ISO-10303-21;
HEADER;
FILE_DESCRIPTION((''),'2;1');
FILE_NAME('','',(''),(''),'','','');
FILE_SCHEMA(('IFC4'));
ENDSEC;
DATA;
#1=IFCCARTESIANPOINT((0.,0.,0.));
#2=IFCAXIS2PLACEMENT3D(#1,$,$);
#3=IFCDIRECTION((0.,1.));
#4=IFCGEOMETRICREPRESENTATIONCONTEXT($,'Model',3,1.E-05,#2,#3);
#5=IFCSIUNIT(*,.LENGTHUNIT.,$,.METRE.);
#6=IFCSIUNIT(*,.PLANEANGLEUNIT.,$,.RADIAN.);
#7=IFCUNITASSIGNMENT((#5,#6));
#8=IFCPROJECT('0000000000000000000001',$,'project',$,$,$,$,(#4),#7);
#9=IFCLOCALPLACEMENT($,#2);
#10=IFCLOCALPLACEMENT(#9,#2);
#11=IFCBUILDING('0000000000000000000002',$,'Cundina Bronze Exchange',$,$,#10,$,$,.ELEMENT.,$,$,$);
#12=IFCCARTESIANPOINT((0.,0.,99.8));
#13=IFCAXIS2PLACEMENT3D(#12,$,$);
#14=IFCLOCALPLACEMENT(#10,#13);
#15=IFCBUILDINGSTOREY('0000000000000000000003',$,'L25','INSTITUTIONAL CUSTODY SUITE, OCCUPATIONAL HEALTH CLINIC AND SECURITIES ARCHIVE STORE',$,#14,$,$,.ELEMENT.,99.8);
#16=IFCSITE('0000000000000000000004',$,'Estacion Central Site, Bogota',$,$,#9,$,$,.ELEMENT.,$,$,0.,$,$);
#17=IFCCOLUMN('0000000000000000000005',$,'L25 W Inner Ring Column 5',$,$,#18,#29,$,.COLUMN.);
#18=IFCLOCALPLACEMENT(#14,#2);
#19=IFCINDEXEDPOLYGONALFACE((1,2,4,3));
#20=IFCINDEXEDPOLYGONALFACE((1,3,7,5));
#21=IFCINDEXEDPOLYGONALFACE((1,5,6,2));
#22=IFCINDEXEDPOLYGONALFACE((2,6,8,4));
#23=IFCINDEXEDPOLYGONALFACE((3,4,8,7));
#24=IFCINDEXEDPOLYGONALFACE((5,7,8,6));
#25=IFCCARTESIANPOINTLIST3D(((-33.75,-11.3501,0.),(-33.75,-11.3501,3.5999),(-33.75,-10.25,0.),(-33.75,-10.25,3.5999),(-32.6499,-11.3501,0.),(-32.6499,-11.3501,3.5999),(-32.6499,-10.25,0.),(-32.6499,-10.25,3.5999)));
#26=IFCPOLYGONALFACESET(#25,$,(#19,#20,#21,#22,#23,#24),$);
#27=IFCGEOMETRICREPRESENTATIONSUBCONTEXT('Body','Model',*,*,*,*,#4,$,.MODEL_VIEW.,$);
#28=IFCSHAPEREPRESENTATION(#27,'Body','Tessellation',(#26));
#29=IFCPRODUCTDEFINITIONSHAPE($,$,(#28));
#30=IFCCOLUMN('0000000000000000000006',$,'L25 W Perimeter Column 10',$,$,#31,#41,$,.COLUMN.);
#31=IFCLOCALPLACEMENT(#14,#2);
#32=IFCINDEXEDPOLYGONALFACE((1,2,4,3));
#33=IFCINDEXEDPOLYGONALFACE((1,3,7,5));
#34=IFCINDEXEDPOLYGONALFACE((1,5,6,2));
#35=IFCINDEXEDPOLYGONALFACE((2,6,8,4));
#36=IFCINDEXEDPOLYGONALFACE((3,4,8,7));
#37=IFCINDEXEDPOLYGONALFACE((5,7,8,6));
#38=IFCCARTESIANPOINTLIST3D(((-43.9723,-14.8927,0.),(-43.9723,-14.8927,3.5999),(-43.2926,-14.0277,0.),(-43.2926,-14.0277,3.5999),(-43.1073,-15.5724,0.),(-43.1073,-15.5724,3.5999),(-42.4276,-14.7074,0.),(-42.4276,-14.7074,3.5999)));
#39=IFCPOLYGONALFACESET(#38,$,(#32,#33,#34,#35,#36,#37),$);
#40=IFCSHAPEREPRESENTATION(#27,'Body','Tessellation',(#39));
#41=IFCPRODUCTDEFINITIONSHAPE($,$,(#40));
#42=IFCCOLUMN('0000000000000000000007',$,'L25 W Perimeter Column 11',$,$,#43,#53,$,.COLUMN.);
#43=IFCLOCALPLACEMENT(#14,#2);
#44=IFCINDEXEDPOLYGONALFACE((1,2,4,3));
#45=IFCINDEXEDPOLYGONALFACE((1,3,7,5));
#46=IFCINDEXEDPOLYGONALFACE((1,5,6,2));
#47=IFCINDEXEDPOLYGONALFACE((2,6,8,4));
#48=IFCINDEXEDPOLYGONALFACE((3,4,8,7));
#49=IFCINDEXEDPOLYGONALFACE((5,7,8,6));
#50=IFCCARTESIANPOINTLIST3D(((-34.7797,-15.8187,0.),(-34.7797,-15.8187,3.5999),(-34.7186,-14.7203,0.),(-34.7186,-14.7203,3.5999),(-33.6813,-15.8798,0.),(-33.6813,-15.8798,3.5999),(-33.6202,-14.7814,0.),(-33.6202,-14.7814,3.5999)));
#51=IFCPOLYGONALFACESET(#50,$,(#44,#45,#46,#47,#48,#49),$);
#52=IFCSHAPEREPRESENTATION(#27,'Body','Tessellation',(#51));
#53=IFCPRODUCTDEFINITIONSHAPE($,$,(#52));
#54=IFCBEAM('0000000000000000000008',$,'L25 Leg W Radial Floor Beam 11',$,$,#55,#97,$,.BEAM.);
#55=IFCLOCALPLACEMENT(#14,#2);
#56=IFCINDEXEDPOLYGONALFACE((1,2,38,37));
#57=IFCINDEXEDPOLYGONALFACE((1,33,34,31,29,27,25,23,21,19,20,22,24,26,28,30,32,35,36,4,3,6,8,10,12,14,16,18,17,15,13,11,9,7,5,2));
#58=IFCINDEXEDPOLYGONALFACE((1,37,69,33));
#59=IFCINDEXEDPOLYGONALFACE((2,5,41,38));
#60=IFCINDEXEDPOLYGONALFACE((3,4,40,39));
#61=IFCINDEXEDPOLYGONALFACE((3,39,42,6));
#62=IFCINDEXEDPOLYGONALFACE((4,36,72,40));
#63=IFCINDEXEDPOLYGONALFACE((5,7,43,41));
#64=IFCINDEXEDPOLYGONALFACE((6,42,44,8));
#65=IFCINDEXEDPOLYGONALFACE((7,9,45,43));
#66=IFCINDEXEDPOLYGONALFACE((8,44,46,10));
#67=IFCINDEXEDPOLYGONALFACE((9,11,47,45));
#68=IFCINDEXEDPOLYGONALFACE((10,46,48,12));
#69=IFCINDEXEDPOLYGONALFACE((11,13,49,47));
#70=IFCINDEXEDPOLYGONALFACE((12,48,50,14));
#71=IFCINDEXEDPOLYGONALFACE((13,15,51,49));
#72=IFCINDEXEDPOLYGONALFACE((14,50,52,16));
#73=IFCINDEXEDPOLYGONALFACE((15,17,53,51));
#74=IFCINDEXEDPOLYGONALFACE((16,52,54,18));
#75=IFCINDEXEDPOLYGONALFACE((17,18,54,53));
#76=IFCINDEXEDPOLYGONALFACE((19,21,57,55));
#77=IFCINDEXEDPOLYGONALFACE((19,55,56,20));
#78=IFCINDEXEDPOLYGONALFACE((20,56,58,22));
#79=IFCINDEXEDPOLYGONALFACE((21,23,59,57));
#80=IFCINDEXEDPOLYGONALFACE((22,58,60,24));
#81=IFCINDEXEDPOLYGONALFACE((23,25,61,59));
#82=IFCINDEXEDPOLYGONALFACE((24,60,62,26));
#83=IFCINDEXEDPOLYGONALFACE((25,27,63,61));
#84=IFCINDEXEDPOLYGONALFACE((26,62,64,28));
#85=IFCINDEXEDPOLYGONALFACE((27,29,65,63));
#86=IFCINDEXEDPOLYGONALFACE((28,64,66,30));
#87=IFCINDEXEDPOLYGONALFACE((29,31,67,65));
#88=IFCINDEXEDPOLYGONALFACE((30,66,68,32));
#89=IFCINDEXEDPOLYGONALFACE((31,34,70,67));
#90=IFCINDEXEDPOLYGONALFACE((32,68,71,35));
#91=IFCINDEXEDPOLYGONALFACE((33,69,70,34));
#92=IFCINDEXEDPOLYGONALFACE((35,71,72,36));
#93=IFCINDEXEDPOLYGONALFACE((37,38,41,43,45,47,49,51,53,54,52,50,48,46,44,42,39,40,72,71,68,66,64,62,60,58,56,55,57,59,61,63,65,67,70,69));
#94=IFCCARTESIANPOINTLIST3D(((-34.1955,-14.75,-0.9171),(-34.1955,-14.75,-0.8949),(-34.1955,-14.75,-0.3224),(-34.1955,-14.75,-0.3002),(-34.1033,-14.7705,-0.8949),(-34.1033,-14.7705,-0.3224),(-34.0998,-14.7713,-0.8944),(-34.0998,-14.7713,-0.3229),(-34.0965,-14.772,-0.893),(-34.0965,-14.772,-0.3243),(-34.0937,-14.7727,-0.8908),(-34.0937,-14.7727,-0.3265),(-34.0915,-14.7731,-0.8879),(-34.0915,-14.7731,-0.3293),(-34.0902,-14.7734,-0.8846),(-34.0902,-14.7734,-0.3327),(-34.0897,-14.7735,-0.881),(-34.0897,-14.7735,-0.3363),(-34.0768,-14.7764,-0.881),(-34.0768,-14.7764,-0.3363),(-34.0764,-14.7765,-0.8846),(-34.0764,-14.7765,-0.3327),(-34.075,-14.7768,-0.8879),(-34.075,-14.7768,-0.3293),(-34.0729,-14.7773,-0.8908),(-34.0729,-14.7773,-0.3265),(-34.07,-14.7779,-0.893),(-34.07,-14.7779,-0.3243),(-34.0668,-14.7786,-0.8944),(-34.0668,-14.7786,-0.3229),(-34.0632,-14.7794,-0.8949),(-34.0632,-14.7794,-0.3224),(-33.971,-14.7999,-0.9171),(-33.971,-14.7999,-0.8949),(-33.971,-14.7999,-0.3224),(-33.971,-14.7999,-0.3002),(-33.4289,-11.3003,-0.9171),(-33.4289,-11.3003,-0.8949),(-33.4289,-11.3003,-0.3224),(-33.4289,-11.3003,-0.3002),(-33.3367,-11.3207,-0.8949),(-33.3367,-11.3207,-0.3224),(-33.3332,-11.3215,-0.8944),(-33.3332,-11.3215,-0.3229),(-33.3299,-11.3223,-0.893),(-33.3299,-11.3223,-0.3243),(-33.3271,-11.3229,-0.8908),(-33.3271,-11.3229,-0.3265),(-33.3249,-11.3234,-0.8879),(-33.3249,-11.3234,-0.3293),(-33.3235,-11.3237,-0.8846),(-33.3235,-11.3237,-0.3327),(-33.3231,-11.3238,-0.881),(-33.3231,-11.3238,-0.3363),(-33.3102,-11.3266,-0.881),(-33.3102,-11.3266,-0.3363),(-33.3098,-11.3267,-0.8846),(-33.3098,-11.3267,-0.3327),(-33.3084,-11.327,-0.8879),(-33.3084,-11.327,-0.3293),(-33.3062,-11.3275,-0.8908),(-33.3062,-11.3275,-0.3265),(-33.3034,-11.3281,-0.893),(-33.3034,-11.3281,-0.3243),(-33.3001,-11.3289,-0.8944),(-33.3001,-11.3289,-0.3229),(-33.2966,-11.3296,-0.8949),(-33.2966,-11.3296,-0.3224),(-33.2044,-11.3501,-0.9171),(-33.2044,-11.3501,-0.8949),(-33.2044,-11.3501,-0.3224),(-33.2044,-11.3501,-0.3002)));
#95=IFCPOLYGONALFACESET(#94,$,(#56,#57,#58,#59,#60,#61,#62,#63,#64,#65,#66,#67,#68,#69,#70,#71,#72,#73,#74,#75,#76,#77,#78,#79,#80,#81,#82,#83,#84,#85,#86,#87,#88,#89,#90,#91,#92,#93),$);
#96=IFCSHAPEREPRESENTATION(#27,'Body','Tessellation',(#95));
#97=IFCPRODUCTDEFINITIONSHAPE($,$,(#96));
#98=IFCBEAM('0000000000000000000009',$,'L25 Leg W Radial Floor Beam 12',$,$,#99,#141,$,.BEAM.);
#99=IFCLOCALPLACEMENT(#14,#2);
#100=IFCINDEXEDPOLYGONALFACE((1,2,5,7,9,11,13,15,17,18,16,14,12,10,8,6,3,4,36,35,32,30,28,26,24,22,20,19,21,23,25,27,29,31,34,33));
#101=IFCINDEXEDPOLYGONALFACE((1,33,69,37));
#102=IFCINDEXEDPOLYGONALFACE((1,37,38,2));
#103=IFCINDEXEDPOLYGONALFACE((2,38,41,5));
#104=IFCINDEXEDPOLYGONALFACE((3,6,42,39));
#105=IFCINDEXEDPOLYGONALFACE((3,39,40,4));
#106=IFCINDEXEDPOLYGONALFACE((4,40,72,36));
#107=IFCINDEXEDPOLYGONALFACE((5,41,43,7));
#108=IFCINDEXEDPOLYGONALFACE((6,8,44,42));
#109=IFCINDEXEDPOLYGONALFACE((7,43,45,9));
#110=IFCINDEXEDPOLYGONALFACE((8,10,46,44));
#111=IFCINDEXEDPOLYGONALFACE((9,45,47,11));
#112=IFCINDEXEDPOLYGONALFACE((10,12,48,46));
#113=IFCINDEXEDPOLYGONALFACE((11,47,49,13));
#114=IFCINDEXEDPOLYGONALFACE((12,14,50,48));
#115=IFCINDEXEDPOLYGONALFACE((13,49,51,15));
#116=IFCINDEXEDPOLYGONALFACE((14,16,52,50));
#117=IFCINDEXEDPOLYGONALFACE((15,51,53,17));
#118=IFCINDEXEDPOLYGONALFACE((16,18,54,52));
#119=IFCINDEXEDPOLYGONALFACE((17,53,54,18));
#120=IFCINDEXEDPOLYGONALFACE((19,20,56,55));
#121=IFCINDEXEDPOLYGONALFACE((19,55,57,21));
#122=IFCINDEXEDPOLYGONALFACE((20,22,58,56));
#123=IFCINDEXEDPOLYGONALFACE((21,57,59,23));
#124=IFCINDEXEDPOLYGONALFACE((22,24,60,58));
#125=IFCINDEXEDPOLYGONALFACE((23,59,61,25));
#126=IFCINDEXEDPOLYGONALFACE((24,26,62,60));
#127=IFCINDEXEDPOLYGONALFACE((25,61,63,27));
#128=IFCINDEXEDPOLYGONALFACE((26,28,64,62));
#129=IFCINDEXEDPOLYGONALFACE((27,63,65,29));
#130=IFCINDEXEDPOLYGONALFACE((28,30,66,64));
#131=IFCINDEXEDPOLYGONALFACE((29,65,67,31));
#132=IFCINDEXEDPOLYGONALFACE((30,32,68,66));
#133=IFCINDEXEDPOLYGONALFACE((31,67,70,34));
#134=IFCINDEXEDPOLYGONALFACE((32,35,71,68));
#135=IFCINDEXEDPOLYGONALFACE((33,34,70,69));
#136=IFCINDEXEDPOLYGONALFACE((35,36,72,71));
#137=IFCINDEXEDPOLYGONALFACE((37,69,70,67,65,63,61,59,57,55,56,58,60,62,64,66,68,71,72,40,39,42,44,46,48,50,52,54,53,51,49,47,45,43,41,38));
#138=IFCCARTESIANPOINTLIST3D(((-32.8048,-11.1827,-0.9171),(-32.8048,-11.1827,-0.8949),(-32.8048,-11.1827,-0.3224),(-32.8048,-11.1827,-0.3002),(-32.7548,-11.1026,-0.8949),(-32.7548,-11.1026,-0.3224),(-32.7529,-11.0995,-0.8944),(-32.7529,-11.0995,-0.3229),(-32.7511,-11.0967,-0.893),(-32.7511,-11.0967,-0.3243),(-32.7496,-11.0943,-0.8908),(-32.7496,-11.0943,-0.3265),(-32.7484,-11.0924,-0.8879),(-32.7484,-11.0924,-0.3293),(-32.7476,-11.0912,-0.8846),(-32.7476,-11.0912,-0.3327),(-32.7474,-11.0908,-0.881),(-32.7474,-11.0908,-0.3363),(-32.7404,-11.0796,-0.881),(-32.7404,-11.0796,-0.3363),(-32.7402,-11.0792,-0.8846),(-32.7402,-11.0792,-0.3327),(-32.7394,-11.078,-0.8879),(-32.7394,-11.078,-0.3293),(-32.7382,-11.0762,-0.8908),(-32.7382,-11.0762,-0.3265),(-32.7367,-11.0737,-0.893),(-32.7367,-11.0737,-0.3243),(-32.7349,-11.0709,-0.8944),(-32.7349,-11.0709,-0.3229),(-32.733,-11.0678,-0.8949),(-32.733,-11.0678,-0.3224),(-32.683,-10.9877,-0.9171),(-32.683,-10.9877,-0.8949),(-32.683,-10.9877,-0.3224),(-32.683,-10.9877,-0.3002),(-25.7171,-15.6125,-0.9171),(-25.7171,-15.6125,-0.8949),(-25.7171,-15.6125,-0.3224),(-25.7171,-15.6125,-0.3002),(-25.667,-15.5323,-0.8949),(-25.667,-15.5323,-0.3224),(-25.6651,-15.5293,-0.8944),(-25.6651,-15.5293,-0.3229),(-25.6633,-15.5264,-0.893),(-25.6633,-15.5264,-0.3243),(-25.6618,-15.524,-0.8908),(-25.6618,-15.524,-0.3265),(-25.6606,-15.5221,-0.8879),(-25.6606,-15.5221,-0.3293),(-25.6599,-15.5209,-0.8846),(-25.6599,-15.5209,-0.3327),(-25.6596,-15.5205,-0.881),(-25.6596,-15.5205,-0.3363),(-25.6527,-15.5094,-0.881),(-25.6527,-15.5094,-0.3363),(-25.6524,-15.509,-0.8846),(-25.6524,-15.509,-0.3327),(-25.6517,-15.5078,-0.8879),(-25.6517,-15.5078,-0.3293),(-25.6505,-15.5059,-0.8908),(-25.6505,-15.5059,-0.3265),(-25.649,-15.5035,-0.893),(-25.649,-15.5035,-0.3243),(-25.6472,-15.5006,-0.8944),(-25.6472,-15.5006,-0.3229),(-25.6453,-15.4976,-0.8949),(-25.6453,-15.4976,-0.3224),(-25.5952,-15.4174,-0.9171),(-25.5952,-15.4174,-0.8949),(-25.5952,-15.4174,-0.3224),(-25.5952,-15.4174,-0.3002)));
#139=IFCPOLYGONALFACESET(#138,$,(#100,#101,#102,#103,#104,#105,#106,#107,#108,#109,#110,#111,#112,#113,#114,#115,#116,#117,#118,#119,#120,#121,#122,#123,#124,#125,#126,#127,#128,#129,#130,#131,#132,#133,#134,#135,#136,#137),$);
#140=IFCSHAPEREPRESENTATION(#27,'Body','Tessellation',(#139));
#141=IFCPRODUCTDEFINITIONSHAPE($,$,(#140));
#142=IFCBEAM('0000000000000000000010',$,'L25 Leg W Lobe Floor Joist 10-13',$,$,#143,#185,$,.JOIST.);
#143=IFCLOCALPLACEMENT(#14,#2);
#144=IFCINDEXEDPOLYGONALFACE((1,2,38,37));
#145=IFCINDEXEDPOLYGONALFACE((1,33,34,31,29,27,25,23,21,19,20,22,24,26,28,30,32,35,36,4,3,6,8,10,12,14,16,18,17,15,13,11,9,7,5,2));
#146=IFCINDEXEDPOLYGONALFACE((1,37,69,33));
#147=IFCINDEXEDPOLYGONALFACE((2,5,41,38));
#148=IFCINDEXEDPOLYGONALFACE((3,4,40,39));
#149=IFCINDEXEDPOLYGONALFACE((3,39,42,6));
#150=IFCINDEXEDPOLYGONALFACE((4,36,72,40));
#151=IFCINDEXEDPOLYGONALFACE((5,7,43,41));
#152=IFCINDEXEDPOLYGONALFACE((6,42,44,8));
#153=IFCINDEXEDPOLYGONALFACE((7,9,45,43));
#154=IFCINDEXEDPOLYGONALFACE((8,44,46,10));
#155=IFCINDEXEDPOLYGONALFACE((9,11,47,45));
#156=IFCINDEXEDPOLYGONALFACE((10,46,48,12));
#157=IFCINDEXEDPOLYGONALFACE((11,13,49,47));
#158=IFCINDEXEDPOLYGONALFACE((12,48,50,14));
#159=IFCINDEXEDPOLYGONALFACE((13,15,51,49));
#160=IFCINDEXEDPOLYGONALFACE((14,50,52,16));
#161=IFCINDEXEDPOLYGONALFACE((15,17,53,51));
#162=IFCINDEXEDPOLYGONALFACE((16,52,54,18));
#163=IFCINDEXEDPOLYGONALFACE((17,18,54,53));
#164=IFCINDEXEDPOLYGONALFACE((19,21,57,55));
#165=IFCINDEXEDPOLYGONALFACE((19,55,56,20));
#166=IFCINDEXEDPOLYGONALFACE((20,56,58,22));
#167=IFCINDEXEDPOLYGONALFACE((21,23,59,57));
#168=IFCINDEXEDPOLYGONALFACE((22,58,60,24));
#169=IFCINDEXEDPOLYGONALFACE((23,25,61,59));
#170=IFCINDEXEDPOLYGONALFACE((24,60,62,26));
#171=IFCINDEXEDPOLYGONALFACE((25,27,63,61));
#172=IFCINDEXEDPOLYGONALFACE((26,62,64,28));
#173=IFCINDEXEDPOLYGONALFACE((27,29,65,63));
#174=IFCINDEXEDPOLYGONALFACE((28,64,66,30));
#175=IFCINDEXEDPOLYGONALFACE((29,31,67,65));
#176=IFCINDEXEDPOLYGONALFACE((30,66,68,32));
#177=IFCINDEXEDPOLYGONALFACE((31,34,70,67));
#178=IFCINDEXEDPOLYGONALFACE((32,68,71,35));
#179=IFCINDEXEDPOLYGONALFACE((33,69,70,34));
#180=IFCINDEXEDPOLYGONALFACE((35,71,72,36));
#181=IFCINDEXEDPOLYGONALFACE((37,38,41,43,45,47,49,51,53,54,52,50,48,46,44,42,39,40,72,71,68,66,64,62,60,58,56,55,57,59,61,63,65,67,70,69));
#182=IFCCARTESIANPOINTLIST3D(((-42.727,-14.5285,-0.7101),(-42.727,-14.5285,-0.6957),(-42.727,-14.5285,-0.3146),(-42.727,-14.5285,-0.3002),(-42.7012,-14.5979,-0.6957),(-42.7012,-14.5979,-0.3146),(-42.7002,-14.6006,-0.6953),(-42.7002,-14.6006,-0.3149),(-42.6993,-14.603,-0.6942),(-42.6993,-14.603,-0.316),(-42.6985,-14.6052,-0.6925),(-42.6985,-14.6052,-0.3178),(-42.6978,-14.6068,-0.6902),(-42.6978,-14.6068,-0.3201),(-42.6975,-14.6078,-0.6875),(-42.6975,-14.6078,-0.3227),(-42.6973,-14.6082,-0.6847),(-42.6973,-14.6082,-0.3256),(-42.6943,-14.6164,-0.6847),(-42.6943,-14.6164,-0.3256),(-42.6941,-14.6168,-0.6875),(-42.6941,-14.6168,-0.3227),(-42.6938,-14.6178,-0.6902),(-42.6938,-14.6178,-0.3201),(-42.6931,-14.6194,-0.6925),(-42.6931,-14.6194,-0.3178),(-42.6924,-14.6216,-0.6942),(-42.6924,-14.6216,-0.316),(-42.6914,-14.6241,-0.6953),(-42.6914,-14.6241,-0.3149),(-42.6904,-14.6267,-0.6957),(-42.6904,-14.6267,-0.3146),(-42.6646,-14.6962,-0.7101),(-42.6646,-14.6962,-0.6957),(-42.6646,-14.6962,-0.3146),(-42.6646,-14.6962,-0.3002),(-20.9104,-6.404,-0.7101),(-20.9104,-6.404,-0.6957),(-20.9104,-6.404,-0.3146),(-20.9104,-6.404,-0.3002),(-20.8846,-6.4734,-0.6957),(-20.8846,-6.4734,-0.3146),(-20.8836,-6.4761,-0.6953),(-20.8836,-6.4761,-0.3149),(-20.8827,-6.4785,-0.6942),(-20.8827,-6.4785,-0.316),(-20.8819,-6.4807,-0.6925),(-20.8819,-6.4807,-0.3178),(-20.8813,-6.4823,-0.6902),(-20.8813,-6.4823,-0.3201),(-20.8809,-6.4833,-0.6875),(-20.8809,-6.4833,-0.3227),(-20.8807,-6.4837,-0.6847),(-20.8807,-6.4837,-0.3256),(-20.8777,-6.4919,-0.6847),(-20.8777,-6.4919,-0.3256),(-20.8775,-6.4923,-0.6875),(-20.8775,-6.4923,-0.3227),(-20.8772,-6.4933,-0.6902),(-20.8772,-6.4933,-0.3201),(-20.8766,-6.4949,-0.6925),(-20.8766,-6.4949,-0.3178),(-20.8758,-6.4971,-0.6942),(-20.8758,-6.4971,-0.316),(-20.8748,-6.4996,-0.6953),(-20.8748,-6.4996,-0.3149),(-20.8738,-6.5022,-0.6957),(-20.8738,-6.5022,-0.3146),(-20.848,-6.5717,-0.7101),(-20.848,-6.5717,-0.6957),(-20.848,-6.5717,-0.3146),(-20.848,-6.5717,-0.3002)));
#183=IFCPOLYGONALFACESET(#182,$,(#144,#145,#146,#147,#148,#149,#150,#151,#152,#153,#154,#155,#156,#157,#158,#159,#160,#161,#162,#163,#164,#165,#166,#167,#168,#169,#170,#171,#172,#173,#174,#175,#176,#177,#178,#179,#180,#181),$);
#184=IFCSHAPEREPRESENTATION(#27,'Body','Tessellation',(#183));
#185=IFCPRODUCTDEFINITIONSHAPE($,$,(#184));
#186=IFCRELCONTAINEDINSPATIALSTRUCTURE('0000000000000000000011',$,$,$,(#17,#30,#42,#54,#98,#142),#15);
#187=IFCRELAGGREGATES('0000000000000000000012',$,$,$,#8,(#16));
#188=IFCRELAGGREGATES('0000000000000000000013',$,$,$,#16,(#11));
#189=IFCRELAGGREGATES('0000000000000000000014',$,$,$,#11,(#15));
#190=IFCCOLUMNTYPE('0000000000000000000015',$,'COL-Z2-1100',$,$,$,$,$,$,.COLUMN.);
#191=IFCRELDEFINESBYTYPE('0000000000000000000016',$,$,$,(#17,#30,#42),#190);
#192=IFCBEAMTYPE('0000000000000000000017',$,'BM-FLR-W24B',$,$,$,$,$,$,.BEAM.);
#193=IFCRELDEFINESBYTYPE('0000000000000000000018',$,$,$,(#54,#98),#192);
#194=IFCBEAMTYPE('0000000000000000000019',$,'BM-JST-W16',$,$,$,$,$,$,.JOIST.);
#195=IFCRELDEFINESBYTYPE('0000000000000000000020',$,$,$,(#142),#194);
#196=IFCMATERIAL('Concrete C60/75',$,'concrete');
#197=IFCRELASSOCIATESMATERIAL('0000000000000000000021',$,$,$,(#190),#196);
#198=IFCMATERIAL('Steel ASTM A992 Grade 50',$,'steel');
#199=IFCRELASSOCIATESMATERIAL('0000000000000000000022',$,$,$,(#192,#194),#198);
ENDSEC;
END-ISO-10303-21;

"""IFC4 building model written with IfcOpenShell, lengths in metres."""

from ifc_helpers import new_model, si_unit, direction, frame, origin, origin_2d, place, context, subcontext, project, spatial, rectangle, i_section, extrude, material, material_profile, profile_set, type_object, element, save


model = new_model("IFC4")

# Units and contexts
model_context = context("Model", 3, precision=1e-05, world=origin(), true_north=direction((0.0, 1.0)))
body_context = subcontext(model_context, "Body", "Model", "MODEL_VIEW")
ifc_project = project(units=[si_unit("LENGTHUNIT", "METRE"), si_unit("PLANEANGLEUNIT", "RADIAN")], contexts=[model_context])

# Site, building, storey
site_placement = place(None, origin())
site = spatial("IfcSite", under=ifc_project, at=site_placement, Name="Estacion Central Site, Bogota", CompositionType="ELEMENT", RefElevation=0.0)
building_placement = place(site_placement, origin())
building = spatial("IfcBuilding", under=site, at=building_placement, Name="Cundina Bronze Exchange", CompositionType="ELEMENT")
storey_placement = place(building_placement, frame((0.0, 0.0, 99.8)))
storey = spatial("IfcBuildingStorey", under=building, at=storey_placement, Name="L25", Description="INSTITUTIONAL CUSTODY SUITE, OCCUPATIONAL HEALTH CLINIC AND SECURITIES ARCHIVE STORE", CompositionType="ELEMENT", Elevation=99.8)

# Columns
ifc_material_1 = material(Name="Concrete C60/75", Category="concrete")
ifc_material_profile_1 = material_profile(ifc_material_1, rectangle(XDim=1.1001, YDim=1.1001, at=origin_2d()), Name="RC1100X1100", Category="concrete")
ifc_profile_set_1 = profile_set([ifc_material_profile_1], Name="Concrete C60/75")
column_type = type_object("IfcColumnType", Name="COL-Z2-1100", PredefinedType="COLUMN", material=ifc_profile_set_1)
for number, where, z_axis, x_axis, name in (
    (1, (-33.2, -10.8, 0.0), (0.0, 0.0, 1.0), (1.0, 0.0, 0.0), "L25 W Inner Ring Column 5"),
    (2, (-43.2, -14.8, 0.0), (0.0, 0.0, 1.0), (0.786288, -0.61786, 0.0), "L25 W Perimeter Column 10"),
    (3, (-34.2, -15.3, 0.0), (0.0, 0.0, 1.0), (0.99846, -0.055473, 0.0), "L25 W Perimeter Column 11"),
):
    element("IfcColumn", number, at=place(storey_placement, frame(where, z_axis=z_axis, x_axis=x_axis)), inside=storey, type_object=column_type, Name=name, PredefinedType="COLUMN", context=body_context, shape_type="SweptSolid", body=[
        extrude(rectangle(XDim=1.1001, YDim=1.1001, at=origin_2d()), origin(), (0.0, 0.0, 1.0), 3.5999),
    ])

# Beams
ifc_material_2 = material(Name="Steel ASTM A992 Grade 50", Category="steel")
ifc_material_profile_2 = material_profile(ifc_material_2, i_section(OverallWidth=0.23, OverallDepth=0.6169, WebThickness=0.0132, FlangeThickness=0.0222, FilletRadius=0.0139, at=origin_2d()), Name="W24X94", Category="steel")
ifc_profile_set_2 = profile_set([ifc_material_profile_2], Name="Steel ASTM A992 Grade 50")
beam_type_1 = type_object("IfcBeamType", Name="BM-FLR-W24B", PredefinedType="BEAM", material=ifc_profile_set_2)
beam_1_placement = place(storey_placement, frame((-33.3167, -11.3252, -0.6086), z_axis=(-0.21693, -0.976187, 0.0), x_axis=(0.976187, -0.21693, 0.0)))
element("IfcBeam", 4, at=beam_1_placement, inside=storey, type_object=beam_type_1, Name="L25 Leg W Radial Floor Beam 11", PredefinedType="BEAM", context=body_context, shape_type="SweptSolid", body=[
    extrude(i_section(OverallWidth=0.23, OverallDepth=0.6169, WebThickness=0.0132, FlangeThickness=0.0222, FilletRadius=0.0139, at=origin_2d()), origin(), (0.0, 0.0, 1.0), 3.5339),
])
beam_2_placement = place(storey_placement, frame((-32.7439, -11.0852, -0.6086), z_axis=(0.848003, -0.529991, 0.0), x_axis=(0.529991, 0.848003, 0.0)))
element("IfcBeam", 5, at=beam_2_placement, inside=storey, type_object=beam_type_1, Name="L25 Leg W Radial Floor Beam 12", PredefinedType="BEAM", context=body_context, shape_type="SweptSolid", body=[
    extrude(i_section(OverallWidth=0.23, OverallDepth=0.6169, WebThickness=0.0132, FlangeThickness=0.0222, FilletRadius=0.0139, at=origin_2d()), origin(), (0.0, 0.0, 1.0), 8.3582),
])
ifc_material_profile_3 = material_profile(ifc_material_2, i_section(OverallWidth=0.179, OverallDepth=0.4099, WebThickness=0.0088, FlangeThickness=0.0144, FilletRadius=0.011, at=origin_2d()), Name="W16X45", Category="steel")
ifc_profile_set_3 = profile_set([ifc_material_profile_3], Name="Steel ASTM A992 Grade 50")
beam_type_2 = type_object("IfcBeamType", Name="BM-JST-W16", PredefinedType="JOIST", material=ifc_profile_set_3)
beam_3_placement = place(storey_placement, frame((-42.6958, -14.6123, -0.5051), z_axis=(0.937128, 0.348986, 0.0), x_axis=(-0.348986, 0.937128, 0.0)))
element("IfcBeam", 6, at=beam_3_placement, inside=storey, type_object=beam_type_2, Name="L25 Leg W Lobe Floor Joist 10-13", PredefinedType="JOIST", context=body_context, shape_type="SweptSolid", body=[
    extrude(i_section(OverallWidth=0.179, OverallDepth=0.4099, WebThickness=0.0088, FlangeThickness=0.0144, FilletRadius=0.011, at=origin_2d()), origin(), (0.0, 0.0, 1.0), 23.2803),
])

save(model, "model.ifc")
